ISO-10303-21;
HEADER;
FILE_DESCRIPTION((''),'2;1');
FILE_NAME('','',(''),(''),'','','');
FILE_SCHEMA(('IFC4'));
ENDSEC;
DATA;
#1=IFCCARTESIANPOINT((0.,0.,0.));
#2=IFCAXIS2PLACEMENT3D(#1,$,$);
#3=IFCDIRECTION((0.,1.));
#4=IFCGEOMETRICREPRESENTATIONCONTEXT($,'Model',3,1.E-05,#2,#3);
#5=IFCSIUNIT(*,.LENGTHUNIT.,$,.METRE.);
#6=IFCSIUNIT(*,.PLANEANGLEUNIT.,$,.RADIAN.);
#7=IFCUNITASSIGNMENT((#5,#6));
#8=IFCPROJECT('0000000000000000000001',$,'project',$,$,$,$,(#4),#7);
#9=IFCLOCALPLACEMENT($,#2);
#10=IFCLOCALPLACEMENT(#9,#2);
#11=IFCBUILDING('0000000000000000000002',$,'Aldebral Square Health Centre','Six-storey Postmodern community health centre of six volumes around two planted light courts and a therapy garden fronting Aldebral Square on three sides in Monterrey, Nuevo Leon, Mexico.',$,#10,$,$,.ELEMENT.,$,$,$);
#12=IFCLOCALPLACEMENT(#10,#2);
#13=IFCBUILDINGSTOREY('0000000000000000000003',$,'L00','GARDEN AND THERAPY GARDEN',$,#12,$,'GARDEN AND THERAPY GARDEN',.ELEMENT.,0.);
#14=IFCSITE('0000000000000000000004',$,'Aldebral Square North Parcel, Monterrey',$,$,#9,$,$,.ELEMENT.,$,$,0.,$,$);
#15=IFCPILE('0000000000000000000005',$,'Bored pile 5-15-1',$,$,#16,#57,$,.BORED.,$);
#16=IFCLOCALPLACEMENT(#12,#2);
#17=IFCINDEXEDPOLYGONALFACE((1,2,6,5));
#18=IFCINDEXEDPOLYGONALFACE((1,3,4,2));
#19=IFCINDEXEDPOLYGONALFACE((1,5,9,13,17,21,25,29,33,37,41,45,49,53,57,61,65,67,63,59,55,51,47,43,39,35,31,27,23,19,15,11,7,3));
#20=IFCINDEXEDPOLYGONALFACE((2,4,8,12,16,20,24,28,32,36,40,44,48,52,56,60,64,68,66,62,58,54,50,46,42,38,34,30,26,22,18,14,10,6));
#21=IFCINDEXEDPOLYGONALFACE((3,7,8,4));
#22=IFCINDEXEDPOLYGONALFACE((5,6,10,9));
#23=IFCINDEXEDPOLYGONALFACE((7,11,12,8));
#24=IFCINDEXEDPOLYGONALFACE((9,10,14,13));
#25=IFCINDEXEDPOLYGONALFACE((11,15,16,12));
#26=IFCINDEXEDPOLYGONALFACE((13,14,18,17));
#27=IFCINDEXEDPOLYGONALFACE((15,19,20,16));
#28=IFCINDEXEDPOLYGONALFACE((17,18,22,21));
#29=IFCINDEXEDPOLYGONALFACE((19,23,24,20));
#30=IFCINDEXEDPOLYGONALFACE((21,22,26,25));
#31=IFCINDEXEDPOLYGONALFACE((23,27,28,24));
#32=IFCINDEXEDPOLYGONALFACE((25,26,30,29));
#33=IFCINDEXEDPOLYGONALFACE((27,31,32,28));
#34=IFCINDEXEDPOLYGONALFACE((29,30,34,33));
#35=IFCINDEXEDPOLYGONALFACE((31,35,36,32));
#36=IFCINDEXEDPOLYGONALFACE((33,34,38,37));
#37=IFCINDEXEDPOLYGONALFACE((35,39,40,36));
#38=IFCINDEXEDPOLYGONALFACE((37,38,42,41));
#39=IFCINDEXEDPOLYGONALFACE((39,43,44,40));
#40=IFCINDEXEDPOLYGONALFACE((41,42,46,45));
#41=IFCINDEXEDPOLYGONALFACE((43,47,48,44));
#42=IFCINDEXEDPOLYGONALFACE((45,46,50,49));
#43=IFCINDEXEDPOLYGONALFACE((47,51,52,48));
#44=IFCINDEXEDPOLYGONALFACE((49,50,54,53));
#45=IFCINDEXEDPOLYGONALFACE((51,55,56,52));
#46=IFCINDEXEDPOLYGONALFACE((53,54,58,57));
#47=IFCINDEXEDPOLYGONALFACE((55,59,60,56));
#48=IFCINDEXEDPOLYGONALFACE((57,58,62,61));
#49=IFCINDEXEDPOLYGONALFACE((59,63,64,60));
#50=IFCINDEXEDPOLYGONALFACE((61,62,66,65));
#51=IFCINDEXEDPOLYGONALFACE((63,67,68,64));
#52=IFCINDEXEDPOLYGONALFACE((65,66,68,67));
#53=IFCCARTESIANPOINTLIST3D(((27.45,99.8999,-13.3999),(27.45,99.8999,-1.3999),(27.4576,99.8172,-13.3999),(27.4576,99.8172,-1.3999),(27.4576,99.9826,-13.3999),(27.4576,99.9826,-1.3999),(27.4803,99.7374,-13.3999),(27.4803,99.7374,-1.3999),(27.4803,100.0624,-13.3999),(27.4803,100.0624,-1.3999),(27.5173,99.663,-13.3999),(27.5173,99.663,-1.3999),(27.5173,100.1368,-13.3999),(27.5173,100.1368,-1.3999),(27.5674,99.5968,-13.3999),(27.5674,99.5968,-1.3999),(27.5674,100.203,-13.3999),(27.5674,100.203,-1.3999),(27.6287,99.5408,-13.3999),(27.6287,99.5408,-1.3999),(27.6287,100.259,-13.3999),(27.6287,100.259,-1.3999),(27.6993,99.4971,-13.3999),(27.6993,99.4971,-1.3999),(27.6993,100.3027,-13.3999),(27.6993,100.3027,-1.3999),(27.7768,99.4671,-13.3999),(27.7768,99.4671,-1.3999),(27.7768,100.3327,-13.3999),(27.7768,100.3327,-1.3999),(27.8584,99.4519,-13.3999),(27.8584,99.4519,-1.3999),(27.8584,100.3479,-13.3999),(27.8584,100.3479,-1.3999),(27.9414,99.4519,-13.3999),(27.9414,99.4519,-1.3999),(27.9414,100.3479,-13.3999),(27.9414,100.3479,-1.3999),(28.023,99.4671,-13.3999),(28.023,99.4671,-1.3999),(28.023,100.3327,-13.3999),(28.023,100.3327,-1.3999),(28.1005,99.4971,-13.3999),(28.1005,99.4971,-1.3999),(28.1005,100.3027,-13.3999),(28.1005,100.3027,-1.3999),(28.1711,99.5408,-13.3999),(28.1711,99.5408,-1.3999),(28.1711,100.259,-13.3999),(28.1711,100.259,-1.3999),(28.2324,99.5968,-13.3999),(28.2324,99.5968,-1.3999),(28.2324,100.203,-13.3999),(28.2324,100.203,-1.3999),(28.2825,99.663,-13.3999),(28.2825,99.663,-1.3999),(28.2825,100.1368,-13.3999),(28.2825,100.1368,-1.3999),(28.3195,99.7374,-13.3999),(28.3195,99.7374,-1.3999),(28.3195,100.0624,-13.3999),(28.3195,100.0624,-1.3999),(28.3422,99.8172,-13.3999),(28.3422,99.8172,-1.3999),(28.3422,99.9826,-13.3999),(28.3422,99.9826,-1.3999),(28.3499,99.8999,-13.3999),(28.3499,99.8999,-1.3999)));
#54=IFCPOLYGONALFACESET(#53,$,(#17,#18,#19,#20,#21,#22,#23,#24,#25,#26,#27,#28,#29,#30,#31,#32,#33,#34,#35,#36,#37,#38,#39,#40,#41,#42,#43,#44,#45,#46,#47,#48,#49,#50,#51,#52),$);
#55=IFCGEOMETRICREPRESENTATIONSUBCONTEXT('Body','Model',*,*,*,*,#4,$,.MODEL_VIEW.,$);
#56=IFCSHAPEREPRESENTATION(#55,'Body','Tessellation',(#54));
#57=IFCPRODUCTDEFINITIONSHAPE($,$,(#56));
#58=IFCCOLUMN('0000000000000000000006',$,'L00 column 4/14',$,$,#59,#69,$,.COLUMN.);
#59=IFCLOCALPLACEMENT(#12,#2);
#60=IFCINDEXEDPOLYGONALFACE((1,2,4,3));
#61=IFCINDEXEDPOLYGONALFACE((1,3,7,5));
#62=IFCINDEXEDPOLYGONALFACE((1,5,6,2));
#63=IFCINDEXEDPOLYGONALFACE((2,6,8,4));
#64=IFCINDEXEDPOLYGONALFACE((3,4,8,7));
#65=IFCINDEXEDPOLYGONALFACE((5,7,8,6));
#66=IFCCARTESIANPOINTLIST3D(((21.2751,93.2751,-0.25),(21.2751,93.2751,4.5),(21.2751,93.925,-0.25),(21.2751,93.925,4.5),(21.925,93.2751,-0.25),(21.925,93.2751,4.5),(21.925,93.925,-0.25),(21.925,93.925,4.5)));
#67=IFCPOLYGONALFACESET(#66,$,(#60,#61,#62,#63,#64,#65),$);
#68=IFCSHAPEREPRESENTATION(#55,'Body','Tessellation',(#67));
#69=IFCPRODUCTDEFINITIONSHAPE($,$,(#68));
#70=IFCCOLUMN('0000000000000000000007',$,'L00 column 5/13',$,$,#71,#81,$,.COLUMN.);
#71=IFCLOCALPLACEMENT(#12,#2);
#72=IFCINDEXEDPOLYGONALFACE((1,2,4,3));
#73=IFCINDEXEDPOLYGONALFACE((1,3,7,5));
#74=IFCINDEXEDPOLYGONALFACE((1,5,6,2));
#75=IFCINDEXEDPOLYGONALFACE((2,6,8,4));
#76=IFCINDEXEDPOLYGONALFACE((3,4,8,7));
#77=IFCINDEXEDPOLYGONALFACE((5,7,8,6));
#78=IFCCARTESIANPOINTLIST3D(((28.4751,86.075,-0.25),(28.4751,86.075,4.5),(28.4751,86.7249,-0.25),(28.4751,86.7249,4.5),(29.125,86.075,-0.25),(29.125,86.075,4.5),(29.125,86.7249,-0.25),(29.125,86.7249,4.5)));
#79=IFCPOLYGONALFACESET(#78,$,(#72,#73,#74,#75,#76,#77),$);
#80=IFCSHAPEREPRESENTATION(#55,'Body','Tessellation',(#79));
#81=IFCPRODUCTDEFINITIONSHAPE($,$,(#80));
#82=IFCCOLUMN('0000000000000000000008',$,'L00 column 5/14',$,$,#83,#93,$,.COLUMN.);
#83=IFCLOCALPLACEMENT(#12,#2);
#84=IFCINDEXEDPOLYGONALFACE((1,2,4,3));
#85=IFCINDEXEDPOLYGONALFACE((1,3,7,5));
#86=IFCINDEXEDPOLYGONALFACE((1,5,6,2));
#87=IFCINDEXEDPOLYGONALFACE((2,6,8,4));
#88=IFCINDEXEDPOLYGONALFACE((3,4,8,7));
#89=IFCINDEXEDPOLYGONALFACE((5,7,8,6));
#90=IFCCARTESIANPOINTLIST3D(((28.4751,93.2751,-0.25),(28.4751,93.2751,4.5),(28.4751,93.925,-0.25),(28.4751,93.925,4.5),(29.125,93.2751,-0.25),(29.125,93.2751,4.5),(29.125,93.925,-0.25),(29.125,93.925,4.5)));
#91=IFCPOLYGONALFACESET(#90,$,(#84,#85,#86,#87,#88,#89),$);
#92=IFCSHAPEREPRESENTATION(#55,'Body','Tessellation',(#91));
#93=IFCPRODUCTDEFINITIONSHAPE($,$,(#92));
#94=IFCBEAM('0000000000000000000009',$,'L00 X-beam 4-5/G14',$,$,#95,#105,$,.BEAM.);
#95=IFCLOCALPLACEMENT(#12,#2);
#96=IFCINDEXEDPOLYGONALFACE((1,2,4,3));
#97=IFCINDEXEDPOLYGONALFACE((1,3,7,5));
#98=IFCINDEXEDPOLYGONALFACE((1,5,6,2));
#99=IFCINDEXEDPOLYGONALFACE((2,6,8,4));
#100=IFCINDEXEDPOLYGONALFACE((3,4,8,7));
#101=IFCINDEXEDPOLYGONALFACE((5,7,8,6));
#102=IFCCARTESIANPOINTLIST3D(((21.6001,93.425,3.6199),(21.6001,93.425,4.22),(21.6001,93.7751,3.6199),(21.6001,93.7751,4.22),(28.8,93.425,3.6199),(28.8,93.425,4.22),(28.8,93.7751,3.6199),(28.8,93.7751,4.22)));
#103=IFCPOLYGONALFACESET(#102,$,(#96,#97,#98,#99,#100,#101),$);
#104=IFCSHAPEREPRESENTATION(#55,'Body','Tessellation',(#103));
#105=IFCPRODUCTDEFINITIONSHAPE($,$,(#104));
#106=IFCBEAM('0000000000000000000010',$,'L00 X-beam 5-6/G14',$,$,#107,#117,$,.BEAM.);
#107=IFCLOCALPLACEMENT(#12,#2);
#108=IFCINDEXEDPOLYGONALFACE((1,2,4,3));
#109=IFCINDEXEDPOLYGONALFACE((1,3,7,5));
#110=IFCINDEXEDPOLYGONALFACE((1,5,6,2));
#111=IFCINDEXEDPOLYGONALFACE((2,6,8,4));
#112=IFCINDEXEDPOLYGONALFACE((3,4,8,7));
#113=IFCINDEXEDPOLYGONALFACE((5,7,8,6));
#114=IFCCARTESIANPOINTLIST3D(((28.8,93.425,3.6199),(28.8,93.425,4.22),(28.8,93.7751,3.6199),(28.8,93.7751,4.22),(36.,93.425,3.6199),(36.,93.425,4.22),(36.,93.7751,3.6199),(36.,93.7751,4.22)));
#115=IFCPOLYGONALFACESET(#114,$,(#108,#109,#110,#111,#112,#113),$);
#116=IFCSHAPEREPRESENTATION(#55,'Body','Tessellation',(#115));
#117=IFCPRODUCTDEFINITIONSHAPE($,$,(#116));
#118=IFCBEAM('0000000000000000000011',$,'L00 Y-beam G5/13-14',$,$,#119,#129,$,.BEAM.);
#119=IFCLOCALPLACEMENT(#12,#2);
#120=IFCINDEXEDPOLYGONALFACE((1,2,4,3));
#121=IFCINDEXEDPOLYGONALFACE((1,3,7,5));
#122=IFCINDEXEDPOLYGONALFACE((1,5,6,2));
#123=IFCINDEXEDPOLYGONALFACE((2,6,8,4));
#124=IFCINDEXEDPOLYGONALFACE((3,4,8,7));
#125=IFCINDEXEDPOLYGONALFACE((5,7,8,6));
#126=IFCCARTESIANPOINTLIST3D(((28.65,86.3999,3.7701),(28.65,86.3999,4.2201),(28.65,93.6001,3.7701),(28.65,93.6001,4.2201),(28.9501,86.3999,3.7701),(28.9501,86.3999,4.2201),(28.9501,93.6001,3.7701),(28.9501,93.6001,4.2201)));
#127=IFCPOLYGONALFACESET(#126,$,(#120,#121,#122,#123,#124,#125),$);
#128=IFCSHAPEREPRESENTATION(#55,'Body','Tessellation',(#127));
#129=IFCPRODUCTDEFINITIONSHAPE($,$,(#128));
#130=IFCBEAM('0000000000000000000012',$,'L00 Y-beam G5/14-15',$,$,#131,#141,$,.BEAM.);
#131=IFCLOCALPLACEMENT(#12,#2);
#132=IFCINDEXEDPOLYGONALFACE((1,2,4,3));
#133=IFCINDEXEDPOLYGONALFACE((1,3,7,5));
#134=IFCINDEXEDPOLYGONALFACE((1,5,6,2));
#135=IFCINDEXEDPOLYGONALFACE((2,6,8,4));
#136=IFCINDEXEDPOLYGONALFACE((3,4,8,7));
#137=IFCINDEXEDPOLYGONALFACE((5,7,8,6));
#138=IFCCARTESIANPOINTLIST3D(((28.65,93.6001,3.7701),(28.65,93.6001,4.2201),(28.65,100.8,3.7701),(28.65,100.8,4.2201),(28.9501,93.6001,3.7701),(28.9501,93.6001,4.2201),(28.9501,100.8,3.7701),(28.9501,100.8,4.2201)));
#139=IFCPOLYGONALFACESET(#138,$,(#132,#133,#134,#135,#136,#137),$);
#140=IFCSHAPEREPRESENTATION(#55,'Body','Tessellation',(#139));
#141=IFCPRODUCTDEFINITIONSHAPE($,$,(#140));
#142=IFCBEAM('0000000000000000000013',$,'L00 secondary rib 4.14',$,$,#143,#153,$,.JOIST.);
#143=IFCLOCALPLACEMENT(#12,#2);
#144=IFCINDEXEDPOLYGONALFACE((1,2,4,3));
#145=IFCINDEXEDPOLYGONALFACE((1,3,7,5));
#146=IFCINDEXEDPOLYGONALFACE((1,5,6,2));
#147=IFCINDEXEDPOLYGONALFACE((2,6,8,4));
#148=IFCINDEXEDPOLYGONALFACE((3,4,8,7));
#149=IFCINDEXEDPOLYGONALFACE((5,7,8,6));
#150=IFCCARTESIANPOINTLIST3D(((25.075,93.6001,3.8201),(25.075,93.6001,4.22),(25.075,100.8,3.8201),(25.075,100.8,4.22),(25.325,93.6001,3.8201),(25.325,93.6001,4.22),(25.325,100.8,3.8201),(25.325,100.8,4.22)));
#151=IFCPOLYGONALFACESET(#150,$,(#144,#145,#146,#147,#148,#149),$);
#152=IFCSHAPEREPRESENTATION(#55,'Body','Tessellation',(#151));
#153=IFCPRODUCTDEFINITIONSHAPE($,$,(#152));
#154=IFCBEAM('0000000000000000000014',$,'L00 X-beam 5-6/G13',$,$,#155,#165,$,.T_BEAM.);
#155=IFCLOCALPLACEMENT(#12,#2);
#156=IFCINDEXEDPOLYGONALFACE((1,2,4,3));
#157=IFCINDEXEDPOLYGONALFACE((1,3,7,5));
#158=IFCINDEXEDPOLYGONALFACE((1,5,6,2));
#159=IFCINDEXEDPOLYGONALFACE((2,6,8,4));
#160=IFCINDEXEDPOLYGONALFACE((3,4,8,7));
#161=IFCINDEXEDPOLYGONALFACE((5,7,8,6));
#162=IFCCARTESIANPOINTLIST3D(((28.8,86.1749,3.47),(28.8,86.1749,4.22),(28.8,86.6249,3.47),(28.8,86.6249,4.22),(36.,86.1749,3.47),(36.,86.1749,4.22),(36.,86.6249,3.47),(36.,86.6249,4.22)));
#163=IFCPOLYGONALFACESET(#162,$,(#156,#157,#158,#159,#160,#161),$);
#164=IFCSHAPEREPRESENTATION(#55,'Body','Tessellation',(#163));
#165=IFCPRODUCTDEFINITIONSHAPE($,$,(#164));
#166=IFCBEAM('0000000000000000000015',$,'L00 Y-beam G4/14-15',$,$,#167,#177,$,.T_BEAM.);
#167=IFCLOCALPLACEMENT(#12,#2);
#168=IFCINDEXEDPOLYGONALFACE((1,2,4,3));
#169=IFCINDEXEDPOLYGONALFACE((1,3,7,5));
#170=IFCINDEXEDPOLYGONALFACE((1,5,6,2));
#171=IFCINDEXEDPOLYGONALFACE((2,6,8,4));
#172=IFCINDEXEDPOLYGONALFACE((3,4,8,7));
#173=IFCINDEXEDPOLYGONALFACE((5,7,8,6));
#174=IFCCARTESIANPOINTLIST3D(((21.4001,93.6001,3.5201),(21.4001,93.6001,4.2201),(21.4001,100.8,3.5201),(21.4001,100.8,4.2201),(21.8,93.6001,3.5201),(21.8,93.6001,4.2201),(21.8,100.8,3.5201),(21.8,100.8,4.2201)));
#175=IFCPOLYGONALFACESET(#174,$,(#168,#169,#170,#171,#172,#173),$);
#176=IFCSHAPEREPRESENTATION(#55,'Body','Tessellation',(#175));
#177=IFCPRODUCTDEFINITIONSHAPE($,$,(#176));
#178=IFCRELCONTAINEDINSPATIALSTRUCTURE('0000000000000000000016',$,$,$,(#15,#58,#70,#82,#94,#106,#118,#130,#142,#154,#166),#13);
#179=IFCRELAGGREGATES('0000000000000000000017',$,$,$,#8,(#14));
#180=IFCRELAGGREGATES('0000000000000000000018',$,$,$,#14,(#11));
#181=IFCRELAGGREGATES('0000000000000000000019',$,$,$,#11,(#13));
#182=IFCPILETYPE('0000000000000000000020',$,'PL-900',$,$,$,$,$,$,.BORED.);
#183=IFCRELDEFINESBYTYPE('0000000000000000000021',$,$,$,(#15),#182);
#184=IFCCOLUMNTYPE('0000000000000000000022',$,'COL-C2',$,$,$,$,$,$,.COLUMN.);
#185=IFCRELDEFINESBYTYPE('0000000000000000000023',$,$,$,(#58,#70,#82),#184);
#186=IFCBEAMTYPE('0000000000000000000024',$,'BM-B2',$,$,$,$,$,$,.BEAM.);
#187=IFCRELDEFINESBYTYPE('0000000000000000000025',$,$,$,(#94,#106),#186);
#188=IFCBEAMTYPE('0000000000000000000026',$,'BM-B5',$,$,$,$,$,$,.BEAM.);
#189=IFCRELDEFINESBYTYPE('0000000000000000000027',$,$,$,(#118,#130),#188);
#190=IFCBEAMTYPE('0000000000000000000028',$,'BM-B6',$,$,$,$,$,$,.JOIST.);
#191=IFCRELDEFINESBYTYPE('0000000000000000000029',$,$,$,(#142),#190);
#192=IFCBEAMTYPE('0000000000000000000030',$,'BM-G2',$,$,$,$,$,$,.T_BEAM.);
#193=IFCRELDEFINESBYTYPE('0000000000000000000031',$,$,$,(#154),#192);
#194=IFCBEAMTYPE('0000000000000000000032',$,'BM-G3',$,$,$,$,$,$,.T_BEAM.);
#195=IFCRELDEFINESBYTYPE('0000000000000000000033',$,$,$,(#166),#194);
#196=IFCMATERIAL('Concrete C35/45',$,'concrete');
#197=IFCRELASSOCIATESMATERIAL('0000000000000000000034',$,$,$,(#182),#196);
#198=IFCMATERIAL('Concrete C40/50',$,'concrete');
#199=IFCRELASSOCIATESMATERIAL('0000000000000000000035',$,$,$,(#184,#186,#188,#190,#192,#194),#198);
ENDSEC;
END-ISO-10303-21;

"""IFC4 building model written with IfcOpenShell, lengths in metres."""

from ifc_helpers import new_model, si_unit, direction, frame, origin, origin_2d, place, context, subcontext, project, spatial, rectangle, circle, extrude, material, material_profile, profile_set, type_object, element, save


model = new_model("IFC4")

# Units and contexts
model_context = context("Model", 3, precision=1e-05, world=origin(), true_north=direction((0.0, 1.0)))
body_context = subcontext(model_context, "Body", "Model", "MODEL_VIEW")
ifc_project = project(units=[si_unit("LENGTHUNIT", "METRE"), si_unit("PLANEANGLEUNIT", "RADIAN")], contexts=[model_context])

# Site, building, storey
site_placement = place(None, origin())
site = spatial("IfcSite", under=ifc_project, at=site_placement, Name="Aldebral Square North Parcel, Monterrey", CompositionType="ELEMENT", RefElevation=0.0)
building_placement = place(site_placement, origin())
building = spatial("IfcBuilding", under=site, at=building_placement, Name="Aldebral Square Health Centre", Description="Six-storey Postmodern community health centre of six volumes around two planted light courts and a therapy garden fronting Aldebral Square on three sides in Monterrey, Nuevo Leon, Mexico.", CompositionType="ELEMENT")
storey_placement = place(building_placement, origin())
storey = spatial("IfcBuildingStorey", under=building, at=storey_placement, Name="L00", Description="GARDEN AND THERAPY GARDEN", LongName="GARDEN AND THERAPY GARDEN", CompositionType="ELEMENT", Elevation=0.0)

# Shared definitions
ifc_material_1 = material(Name="Concrete C35/45", Category="concrete")

# Pile
ifc_material_profile_1 = material_profile(ifc_material_1, circle(Radius=0.45, at=origin_2d()), Name="PILE D900")
ifc_profile_set_1 = profile_set([ifc_material_profile_1], Name="Concrete C35/45")
pile_type_1 = type_object("IfcPileType", Name="PL-900", PredefinedType="BORED", material=ifc_profile_set_1)
for number, where, z_axis, x_axis, name in (
    (1, (27.8999, 99.8999, -1.3999), (0.0, 0.0, -1.0), (1.0, 0.0, 0.0), "Bored pile 5-15-1"),
):
    element("IfcPile", number, at=place(storey_placement, frame(where, z_axis=z_axis, x_axis=x_axis)), inside=storey, type_object=pile_type_1, Name=name, PredefinedType="BORED", context=body_context, shape_type="SweptSolid", body=[
        extrude(circle(Radius=0.45, at=origin_2d()), origin(), (0.0, 0.0, 1.0), 12.0),
    ])

# Columns
ifc_material_2 = material(Name="Concrete C40/50", Category="concrete")
ifc_material_profile_2 = material_profile(ifc_material_2, rectangle(XDim=0.6499, YDim=0.6499, at=origin_2d()), Name="RC 650x650")
ifc_profile_set_2 = profile_set([ifc_material_profile_2], Name="Concrete C40/50")
column_type = type_object("IfcColumnType", Name="COL-C2", PredefinedType="COLUMN", material=ifc_profile_set_2)
for number, where, z_axis, x_axis, name in (
    (2, (21.6001, 93.6001, -0.25), (0.0, 0.0, 1.0), (1.0, 0.0, 0.0), "L00 column 4/14"),
    (3, (28.8, 86.3999, -0.25), (0.0, 0.0, 1.0), (1.0, 0.0, 0.0), "L00 column 5/13"),
    (4, (28.8, 93.6001, -0.25), (0.0, 0.0, 1.0), (1.0, 0.0, 0.0), "L00 column 5/14"),
):
    element("IfcColumn", number, at=place(storey_placement, frame(where, z_axis=z_axis, x_axis=x_axis)), inside=storey, type_object=column_type, Name=name, PredefinedType="COLUMN", context=body_context, shape_type="SweptSolid", body=[
        extrude(rectangle(XDim=0.6499, YDim=0.6499, at=origin_2d()), origin(), (0.0, 0.0, 1.0), 4.75),
    ])

# Beams
ifc_material_profile_3 = material_profile(ifc_material_2, rectangle(XDim=0.3501, YDim=0.6001, at=origin_2d()), Name="RC 350x600")
ifc_profile_set_3 = profile_set([ifc_material_profile_3], Name="Concrete C40/50")
beam_type_1 = type_object("IfcBeamType", Name="BM-B2", PredefinedType="BEAM", material=ifc_profile_set_3)
for number, where, z_axis, x_axis, name in (
    (5, (21.6001, 93.6001, 3.9199), (1.0, 0.0, 0.0), (0.0, 1.0, 0.0), "L00 X-beam 4-5/G14"),
    (6, (28.8, 93.6001, 3.9199), (1.0, 0.0, 0.0), (0.0, 1.0, 0.0), "L00 X-beam 5-6/G14"),
):
    element("IfcBeam", number, at=place(storey_placement, frame(where, z_axis=z_axis, x_axis=x_axis)), inside=storey, type_object=beam_type_1, Name=name, PredefinedType="BEAM", context=body_context, shape_type="SweptSolid", body=[
        extrude(rectangle(XDim=0.3501, YDim=0.6001, at=origin_2d()), origin(), (0.0, 0.0, 1.0), 7.2),
    ])
ifc_material_profile_4 = material_profile(ifc_material_2, rectangle(XDim=0.3, YDim=0.45, at=origin_2d()), Name="RC 300x450")
ifc_profile_set_4 = profile_set([ifc_material_profile_4], Name="Concrete C40/50")
beam_type_2 = type_object("IfcBeamType", Name="BM-B5", PredefinedType="BEAM", material=ifc_profile_set_4)
beam_1_placement = place(storey_placement, frame((28.8, 86.3999, 3.9951), z_axis=(0.0, 1.0, 0.0), x_axis=(-1.0, 0.0, 0.0)))
element("IfcBeam", 7, at=beam_1_placement, inside=storey, type_object=beam_type_2, Name="L00 Y-beam G5/13-14", PredefinedType="BEAM", context=body_context, shape_type="SweptSolid", body=[
    extrude(rectangle(XDim=0.3, YDim=0.45, at=origin_2d()), origin(), (0.0, 0.0, 1.0), 7.2002),
])
beam_2_placement = place(storey_placement, frame((28.8, 93.6001, 3.9951), z_axis=(0.0, 1.0, 0.0), x_axis=(-1.0, 0.0, 0.0)))
element("IfcBeam", 8, at=beam_2_placement, inside=storey, type_object=beam_type_2, Name="L00 Y-beam G5/14-15", PredefinedType="BEAM", context=body_context, shape_type="SweptSolid", body=[
    extrude(rectangle(XDim=0.3, YDim=0.45, at=origin_2d()), origin(), (0.0, 0.0, 1.0), 7.2),
])
ifc_material_profile_5 = material_profile(ifc_material_2, rectangle(XDim=0.25, YDim=0.3999, at=origin_2d()), Name="RC 250x400")
ifc_profile_set_5 = profile_set([ifc_material_profile_5], Name="Concrete C40/50")
beam_type_3 = type_object("IfcBeamType", Name="BM-B6", PredefinedType="JOIST", material=ifc_profile_set_5)
beam_3_placement = place(storey_placement, frame((25.2, 93.6001, 4.02), z_axis=(0.0, 1.0, 0.0), x_axis=(-1.0, 0.0, 0.0)))
element("IfcBeam", 9, at=beam_3_placement, inside=storey, type_object=beam_type_3, Name="L00 secondary rib 4.14", PredefinedType="JOIST", context=body_context, shape_type="SweptSolid", body=[
    extrude(rectangle(XDim=0.25, YDim=0.3999, at=origin_2d()), origin(), (0.0, 0.0, 1.0), 7.2),
])
ifc_material_profile_6 = material_profile(ifc_material_2, rectangle(XDim=0.45, YDim=0.75, at=origin_2d()), Name="RC 450x750")
ifc_profile_set_6 = profile_set([ifc_material_profile_6], Name="Concrete C40/50")
beam_type_4 = type_object("IfcBeamType", Name="BM-G2", PredefinedType="T_BEAM", material=ifc_profile_set_6)
beam_4_placement = place(storey_placement, frame((28.8, 86.3999, 3.845), z_axis=(1.0, 0.0, 0.0), x_axis=(0.0, 1.0, 0.0)))
element("IfcBeam", 10, at=beam_4_placement, inside=storey, type_object=beam_type_4, Name="L00 X-beam 5-6/G13", PredefinedType="T_BEAM", context=body_context, shape_type="SweptSolid", body=[
    extrude(rectangle(XDim=0.45, YDim=0.75, at=origin_2d()), origin(), (0.0, 0.0, 1.0), 7.2),
])
ifc_material_profile_7 = material_profile(ifc_material_2, rectangle(XDim=0.3999, YDim=0.7, at=origin_2d()), Name="RC 400x700")
ifc_profile_set_7 = profile_set([ifc_material_profile_7], Name="Concrete C40/50")
beam_type_5 = type_object("IfcBeamType", Name="BM-G3", PredefinedType="T_BEAM", material=ifc_profile_set_7)
beam_5_placement = place(storey_placement, frame((21.6001, 93.6001, 3.8701), z_axis=(0.0, 1.0, 0.0), x_axis=(-1.0, 0.0, 0.0)))
element("IfcBeam", 11, at=beam_5_placement, inside=storey, type_object=beam_type_5, Name="L00 Y-beam G4/14-15", PredefinedType="T_BEAM", context=body_context, shape_type="SweptSolid", body=[
    extrude(rectangle(XDim=0.3999, YDim=0.7, at=origin_2d()), origin(), (0.0, 0.0, 1.0), 7.2),
])

save(model, "model.ifc")
